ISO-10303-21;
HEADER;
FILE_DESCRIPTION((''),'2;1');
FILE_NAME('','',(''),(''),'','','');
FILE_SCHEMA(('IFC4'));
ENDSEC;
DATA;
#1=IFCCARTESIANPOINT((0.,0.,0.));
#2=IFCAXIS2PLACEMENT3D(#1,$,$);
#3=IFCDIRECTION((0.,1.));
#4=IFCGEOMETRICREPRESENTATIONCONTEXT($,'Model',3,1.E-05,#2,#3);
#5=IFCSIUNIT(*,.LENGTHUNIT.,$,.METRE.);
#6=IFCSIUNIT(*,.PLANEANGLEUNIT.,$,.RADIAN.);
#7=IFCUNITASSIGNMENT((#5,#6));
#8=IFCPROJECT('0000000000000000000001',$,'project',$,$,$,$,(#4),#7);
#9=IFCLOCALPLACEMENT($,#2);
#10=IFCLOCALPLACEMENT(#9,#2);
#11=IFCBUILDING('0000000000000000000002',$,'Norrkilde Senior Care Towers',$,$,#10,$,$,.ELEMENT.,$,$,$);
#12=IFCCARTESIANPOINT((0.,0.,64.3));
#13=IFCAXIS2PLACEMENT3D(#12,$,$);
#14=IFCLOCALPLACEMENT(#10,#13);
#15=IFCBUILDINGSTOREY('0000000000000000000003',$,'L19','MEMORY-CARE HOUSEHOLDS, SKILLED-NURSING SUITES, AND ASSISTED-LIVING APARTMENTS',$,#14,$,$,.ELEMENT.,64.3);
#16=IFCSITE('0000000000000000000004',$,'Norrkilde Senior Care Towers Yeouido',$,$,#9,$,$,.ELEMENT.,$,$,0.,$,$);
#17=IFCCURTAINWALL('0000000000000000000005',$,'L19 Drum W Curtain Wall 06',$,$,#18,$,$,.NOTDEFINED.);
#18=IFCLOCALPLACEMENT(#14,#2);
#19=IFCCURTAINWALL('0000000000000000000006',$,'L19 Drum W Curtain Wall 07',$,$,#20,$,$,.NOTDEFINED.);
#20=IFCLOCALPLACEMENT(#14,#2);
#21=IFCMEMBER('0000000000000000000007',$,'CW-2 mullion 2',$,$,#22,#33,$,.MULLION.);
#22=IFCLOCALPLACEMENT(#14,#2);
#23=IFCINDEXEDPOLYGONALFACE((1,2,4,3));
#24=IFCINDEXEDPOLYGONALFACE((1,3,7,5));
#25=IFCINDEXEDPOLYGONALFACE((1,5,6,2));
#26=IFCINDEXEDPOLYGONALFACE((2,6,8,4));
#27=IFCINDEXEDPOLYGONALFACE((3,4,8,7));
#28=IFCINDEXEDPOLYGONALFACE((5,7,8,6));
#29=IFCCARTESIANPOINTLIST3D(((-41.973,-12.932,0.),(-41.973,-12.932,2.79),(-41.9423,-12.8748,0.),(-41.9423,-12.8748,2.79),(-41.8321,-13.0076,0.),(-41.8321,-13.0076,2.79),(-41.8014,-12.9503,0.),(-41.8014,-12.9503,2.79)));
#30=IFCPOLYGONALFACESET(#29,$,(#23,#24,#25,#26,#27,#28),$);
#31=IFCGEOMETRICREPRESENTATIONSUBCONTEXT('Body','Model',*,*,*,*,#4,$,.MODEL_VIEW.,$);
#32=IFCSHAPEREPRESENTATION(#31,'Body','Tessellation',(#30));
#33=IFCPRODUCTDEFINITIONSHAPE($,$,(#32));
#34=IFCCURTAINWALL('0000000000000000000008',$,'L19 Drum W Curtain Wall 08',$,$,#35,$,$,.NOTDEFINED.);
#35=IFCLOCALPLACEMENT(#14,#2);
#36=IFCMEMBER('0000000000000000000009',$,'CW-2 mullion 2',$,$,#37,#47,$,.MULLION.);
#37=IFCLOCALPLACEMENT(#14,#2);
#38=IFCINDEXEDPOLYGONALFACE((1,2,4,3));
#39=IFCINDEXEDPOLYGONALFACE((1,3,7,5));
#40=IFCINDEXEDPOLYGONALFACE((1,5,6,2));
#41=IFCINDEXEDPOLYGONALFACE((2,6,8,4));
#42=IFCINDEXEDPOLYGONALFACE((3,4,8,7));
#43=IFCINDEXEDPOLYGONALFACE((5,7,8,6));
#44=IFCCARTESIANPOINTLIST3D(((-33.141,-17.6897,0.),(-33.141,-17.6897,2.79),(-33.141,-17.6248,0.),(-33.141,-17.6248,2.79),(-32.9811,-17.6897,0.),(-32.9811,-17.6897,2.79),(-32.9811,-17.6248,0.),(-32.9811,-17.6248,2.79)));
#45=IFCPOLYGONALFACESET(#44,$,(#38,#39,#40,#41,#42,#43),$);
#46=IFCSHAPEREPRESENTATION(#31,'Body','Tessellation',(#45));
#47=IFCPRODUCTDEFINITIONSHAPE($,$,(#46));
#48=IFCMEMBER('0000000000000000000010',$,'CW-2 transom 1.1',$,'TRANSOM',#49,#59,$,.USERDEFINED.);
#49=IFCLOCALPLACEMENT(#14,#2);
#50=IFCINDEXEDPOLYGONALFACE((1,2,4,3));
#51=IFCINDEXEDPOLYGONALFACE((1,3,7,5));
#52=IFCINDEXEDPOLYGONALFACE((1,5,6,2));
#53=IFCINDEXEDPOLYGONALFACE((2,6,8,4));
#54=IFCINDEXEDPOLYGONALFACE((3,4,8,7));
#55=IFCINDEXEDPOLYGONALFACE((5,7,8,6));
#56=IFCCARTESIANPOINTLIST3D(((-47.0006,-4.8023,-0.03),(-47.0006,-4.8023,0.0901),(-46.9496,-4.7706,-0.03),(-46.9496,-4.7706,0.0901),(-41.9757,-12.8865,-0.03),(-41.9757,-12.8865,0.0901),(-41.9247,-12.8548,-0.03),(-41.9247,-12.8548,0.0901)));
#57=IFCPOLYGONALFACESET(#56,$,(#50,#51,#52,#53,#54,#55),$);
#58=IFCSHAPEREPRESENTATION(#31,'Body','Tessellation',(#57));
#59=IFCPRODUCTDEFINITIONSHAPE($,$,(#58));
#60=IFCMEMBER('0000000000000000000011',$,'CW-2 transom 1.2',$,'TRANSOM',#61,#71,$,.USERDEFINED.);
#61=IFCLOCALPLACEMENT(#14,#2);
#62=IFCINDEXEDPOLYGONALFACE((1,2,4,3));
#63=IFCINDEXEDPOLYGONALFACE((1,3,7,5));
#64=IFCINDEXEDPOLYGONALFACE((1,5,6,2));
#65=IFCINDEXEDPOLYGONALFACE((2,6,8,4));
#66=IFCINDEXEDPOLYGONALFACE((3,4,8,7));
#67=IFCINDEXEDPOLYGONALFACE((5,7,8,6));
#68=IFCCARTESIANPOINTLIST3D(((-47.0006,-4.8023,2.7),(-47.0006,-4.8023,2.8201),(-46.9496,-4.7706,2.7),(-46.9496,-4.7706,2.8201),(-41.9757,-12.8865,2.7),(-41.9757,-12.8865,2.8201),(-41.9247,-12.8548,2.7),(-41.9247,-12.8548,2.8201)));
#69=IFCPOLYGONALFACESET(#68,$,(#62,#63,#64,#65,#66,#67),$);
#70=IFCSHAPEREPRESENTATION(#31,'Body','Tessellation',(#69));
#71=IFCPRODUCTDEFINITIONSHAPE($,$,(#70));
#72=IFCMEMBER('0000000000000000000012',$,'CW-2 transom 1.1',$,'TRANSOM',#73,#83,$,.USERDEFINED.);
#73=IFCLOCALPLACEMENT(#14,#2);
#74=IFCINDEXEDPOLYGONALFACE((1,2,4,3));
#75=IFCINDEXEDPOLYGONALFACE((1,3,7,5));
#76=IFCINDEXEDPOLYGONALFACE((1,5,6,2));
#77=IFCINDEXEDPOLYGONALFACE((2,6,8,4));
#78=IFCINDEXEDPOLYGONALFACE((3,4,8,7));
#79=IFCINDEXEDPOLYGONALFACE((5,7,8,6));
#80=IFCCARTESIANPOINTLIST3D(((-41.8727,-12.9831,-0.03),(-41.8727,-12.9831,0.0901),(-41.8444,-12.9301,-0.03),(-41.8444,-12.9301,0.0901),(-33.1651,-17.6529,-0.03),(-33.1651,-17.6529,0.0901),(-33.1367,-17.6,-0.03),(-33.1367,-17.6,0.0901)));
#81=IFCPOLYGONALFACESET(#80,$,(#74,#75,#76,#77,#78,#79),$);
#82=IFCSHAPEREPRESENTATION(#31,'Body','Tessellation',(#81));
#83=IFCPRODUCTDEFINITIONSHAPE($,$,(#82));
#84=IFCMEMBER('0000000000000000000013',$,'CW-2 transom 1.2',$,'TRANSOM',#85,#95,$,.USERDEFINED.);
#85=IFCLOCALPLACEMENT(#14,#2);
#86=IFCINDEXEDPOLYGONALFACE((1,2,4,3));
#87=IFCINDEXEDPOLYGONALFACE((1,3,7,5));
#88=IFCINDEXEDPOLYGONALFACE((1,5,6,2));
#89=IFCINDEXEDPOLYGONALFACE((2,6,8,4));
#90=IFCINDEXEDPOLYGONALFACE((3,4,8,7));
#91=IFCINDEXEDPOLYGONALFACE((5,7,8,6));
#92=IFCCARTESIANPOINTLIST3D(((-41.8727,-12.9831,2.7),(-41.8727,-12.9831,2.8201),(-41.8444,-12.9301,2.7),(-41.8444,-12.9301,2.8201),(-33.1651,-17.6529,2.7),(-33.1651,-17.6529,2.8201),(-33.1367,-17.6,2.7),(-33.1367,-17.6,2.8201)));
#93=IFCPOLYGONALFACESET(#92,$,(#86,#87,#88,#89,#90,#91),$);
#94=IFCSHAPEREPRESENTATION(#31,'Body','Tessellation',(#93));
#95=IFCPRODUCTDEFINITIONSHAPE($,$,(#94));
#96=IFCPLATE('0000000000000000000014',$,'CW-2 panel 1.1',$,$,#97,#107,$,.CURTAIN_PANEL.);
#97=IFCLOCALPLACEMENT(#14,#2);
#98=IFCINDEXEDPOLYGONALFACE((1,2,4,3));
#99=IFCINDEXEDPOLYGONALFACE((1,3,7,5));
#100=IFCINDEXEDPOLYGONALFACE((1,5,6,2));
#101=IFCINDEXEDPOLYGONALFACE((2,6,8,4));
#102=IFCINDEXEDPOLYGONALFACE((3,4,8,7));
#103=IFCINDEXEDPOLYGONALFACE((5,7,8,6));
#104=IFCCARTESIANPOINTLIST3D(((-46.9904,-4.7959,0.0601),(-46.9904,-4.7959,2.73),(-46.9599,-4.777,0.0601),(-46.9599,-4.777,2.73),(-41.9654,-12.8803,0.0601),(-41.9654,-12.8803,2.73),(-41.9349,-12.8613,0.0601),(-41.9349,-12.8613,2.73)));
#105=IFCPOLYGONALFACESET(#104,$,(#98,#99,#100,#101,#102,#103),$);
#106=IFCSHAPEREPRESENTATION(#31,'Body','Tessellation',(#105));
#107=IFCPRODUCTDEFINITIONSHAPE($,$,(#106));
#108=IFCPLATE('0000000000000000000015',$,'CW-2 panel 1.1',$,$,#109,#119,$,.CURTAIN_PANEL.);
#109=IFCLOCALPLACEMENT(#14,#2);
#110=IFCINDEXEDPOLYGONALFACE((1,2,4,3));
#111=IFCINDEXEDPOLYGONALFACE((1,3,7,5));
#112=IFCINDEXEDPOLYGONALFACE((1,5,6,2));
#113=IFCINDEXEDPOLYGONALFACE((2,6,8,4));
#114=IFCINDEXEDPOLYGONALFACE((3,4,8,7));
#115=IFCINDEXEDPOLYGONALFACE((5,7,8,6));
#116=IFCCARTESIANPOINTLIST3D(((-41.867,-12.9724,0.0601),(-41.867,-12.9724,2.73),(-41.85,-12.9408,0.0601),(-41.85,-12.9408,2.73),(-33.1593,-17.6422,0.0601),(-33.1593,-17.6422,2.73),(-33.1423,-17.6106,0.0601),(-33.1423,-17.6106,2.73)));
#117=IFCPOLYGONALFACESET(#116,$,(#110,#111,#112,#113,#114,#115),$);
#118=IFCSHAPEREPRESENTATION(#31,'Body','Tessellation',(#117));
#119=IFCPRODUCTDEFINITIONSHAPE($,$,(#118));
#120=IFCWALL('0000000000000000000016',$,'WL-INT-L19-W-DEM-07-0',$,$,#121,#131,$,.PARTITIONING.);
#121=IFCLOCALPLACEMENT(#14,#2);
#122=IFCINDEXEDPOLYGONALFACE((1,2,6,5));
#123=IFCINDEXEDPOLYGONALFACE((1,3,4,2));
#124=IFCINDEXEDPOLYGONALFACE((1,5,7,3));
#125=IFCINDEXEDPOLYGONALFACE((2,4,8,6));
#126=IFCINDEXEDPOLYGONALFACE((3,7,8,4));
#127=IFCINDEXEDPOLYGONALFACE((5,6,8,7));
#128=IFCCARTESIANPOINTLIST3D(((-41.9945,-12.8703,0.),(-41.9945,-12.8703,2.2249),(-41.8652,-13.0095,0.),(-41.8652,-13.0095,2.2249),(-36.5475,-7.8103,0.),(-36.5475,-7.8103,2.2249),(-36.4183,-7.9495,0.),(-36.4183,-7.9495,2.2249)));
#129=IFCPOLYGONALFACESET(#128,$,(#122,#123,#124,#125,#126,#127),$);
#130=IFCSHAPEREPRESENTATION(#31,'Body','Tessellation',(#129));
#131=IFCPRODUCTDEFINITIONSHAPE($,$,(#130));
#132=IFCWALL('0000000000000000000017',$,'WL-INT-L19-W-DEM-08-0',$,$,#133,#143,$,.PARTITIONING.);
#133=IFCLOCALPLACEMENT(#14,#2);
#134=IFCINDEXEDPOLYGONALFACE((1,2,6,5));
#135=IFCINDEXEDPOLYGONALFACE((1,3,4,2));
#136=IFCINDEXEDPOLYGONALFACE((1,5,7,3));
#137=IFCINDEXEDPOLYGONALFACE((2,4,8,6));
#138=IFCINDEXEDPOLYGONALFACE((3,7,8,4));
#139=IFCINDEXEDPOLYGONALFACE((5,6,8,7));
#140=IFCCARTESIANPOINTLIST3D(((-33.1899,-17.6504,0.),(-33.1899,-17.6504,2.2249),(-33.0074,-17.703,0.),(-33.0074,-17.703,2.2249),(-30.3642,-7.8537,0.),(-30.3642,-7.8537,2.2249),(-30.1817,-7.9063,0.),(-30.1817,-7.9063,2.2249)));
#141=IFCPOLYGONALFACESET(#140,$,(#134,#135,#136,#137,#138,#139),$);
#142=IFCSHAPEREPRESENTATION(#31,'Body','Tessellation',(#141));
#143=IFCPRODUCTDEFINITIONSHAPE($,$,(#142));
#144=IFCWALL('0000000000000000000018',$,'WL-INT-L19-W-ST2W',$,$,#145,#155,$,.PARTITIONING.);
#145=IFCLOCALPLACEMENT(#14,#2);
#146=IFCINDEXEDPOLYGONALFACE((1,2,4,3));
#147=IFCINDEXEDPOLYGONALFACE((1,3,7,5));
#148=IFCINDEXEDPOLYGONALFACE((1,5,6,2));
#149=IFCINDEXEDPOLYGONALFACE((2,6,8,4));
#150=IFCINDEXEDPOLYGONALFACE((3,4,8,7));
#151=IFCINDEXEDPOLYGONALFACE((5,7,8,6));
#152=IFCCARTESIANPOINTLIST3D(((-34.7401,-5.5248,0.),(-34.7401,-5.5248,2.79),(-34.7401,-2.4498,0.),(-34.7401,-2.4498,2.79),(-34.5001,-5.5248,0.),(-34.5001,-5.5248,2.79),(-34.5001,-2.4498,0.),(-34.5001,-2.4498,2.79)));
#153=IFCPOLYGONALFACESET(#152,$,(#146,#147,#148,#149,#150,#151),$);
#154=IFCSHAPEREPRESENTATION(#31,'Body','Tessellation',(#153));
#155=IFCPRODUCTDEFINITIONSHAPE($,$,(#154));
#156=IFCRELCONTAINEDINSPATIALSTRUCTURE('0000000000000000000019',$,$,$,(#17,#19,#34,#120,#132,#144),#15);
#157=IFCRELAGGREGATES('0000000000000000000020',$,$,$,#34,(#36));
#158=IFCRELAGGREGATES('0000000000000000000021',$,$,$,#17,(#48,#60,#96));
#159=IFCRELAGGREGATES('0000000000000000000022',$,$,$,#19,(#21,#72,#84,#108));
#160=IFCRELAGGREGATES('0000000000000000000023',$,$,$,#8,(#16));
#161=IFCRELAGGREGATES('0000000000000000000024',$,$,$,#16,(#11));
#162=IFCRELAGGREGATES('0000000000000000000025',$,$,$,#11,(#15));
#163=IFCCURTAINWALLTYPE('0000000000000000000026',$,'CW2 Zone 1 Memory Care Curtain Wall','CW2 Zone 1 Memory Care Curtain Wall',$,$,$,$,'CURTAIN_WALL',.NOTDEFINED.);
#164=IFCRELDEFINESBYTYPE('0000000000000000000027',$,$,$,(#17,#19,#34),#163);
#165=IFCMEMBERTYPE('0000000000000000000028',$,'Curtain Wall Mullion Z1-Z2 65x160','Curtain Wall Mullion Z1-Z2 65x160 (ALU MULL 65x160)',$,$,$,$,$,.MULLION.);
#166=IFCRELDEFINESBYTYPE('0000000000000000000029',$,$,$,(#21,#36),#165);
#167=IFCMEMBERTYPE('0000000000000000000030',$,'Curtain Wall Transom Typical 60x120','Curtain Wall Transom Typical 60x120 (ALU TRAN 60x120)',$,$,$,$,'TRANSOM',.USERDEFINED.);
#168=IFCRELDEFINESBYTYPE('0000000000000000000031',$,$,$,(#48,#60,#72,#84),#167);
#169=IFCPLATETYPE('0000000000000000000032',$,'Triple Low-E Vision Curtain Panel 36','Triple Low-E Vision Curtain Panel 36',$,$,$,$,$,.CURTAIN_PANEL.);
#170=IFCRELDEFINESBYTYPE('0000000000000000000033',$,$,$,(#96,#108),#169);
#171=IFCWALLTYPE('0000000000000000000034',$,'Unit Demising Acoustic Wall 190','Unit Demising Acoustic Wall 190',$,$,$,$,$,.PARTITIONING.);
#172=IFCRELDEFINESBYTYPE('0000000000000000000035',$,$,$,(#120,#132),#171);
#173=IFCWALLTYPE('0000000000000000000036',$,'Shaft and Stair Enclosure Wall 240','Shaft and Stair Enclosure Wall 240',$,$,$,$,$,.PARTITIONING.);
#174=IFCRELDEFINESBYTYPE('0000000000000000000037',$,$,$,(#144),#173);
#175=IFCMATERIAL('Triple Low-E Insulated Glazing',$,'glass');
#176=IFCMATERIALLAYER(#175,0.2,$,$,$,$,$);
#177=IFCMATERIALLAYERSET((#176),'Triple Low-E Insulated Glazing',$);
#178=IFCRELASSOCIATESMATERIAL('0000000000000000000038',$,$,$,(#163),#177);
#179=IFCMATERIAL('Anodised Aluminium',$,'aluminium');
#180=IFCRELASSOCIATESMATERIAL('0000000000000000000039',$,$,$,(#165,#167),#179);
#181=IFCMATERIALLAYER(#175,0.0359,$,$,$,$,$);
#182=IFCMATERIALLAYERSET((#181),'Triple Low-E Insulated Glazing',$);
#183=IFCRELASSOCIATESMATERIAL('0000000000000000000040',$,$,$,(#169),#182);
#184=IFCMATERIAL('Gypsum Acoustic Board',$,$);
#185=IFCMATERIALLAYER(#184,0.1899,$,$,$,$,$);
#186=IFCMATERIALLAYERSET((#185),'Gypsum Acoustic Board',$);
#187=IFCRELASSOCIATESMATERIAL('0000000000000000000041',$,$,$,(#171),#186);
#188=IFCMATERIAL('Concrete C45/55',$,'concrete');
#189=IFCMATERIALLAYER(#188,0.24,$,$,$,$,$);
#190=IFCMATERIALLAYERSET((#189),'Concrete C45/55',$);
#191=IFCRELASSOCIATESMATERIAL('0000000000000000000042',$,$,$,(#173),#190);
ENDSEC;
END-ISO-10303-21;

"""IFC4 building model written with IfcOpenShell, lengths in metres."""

from ifc_helpers import new_model, si_unit, direction, frame, frame_2d, origin, origin_2d, place, context, subcontext, project, spatial, rectangle, extrude, source, transform, mapped, material, layer, layer_set, material_profile, profile_set, type_object, type_shapes, element, aggregate, save


model = new_model("IFC4")

# Units and contexts
model_context = context("Model", 3, precision=1e-05, world=origin(), true_north=direction((0.0, 1.0)))
body_context = subcontext(model_context, "Body", "Model", "MODEL_VIEW")
ifc_project = project(units=[si_unit("LENGTHUNIT", "METRE"), si_unit("PLANEANGLEUNIT", "RADIAN")], contexts=[model_context])

# Site, building, storey
site_placement = place(None, origin())
site = spatial("IfcSite", under=ifc_project, at=site_placement, Name="Norrkilde Senior Care Towers Yeouido", CompositionType="ELEMENT", RefElevation=0.0)
building_placement = place(site_placement, origin())
building = spatial("IfcBuilding", under=site, at=building_placement, Name="Norrkilde Senior Care Towers", CompositionType="ELEMENT")
storey_placement = place(building_placement, frame((0.0, 0.0, 64.3)))
storey = spatial("IfcBuildingStorey", under=building, at=storey_placement, Name="L19", Description="MEMORY-CARE HOUSEHOLDS, SKILLED-NURSING SUITES, AND ASSISTED-LIVING APARTMENTS", CompositionType="ELEMENT", Elevation=64.3)

# Curtain wall
ifc_material_1 = material(Name="Triple Low-E Insulated Glazing", Category="glass")
ifc_layer_1 = layer(ifc_material_1, 0.2)
ifc_layer_set_1 = layer_set([ifc_layer_1], Name="Triple Low-E Insulated Glazing")
curtain_wall_type = type_object("IfcCurtainWallType", Name="CW2 Zone 1 Memory Care Curtain Wall", Description="CW2 Zone 1 Memory Care Curtain Wall", ElementType="CURTAIN_WALL", PredefinedType="NOTDEFINED", material=ifc_layer_set_1)
curtain_wall_1_placement = place(storey_placement, origin())
curtain_wall_1 = element("IfcCurtainWall", 1, at=curtain_wall_1_placement, inside=storey, type_object=curtain_wall_type, Name="L19 Drum W Curtain Wall 06", PredefinedType="NOTDEFINED")
ifc_material_2 = material(Name="Anodised Aluminium", Category="aluminium")
ifc_material_profile_1 = material_profile(ifc_material_2, rectangle(XDim=0.0649, YDim=0.1599, at=origin_2d()), Name="ALU MULL 65x160")
ifc_profile_set_1 = profile_set([ifc_material_profile_1], Name="Anodised Aluminium")
member_type_1 = type_object("IfcMemberType", Name="Curtain Wall Mullion Z1-Z2 65x160", Description="Curtain Wall Mullion Z1-Z2 65x160 (ALU MULL 65x160)", PredefinedType="MULLION", material=ifc_profile_set_1)
shared_shape_1 = source(origin(), body_context, "Body", "SweptSolid", [
    extrude(rectangle(XDim=0.0649, YDim=0.1599, at=origin_2d()), origin(), (0.0, 0.0, 1.0), 2.79),
])
type_shapes(member_type_1, [shared_shape_1])

# Curtain wall, member
curtain_wall_2_placement = place(storey_placement, origin())
curtain_wall_2 = element("IfcCurtainWall", 2, at=curtain_wall_2_placement, inside=storey, type_object=curtain_wall_type, Name="L19 Drum W Curtain Wall 07", PredefinedType="NOTDEFINED")
member_1_placement = place(storey_placement, frame((-41.8872, -12.9412, 0.0), z_axis=(0.0, 0.0, 1.0), x_axis=(-0.472608, -0.881273, 0.0)))
member_1 = element("IfcMember", 3, at=member_1_placement, type_object=member_type_1, Name="CW-2 mullion 2", PredefinedType="MULLION", context=body_context, shape_type="MappedRepresentation", body=[
    mapped(shared_shape_1, transform((0.0, 0.0, 0.0), x_axis=(1.0, 0.0, 0.0), y_axis=(0.0, 1.0, 0.0), z_axis=(0.0, 0.0, 1.0), scale=1.0)),
])

# Curtain wall, member
curtain_wall_3_placement = place(storey_placement, origin())
curtain_wall_3 = element("IfcCurtainWall", 4, at=curtain_wall_3_placement, inside=storey, type_object=curtain_wall_type, Name="L19 Drum W Curtain Wall 08", PredefinedType="NOTDEFINED")
member_2_placement = place(storey_placement, frame((-33.061, -17.6572, 0.0), z_axis=(0.0, 0.0, 1.0), x_axis=(0.0, -1.0, 0.0)))
member_2 = element("IfcMember", 5, at=member_2_placement, type_object=member_type_1, Name="CW-2 mullion 2", PredefinedType="MULLION", context=body_context, shape_type="MappedRepresentation", body=[
    mapped(shared_shape_1, transform((0.0, 0.0, 0.0), x_axis=(1.0, 0.0, 0.0), y_axis=(0.0, 1.0, 0.0), z_axis=(0.0, 0.0, 1.0), scale=1.0)),
])
aggregate(curtain_wall_3, [member_2])

# Members
ifc_material_profile_2 = material_profile(ifc_material_2, rectangle(XDim=0.0601, YDim=0.1201, at=origin_2d()), Name="ALU TRAN 60x120")
ifc_profile_set_2 = profile_set([ifc_material_profile_2], Name="Anodised Aluminium")
member_type_2 = type_object("IfcMemberType", Name="Curtain Wall Transom Typical 60x120", Description="Curtain Wall Transom Typical 60x120 (ALU TRAN 60x120)", ElementType="TRANSOM", PredefinedType="USERDEFINED", material=ifc_profile_set_2)
shared_shape_2 = source(origin(), body_context, "Body", "SweptSolid", [
    extrude(rectangle(XDim=0.0601, YDim=0.1201, at=origin_2d()), origin(), (0.0, 0.0, 1.0), 9.5186),
])
member_3_placement = place(storey_placement, frame((-41.9502, -12.8706, 0.03), z_axis=(-0.527902, 0.849306, 0.0), x_axis=(-0.849306, -0.527902, 0.0)))
member_3 = element("IfcMember", 6, at=member_3_placement, type_object=member_type_2, Name="CW-2 transom 1.1", ObjectType="TRANSOM", PredefinedType="USERDEFINED", context=body_context, shape_type="MappedRepresentation", body=[
    mapped(shared_shape_2, transform((0.0, 0.0, 0.0), x_axis=(1.0, 0.0, 0.0), y_axis=(0.0, 1.0, 0.0), z_axis=(0.0, 0.0, 1.0), scale=1.0)),
])
member_4_placement = place(storey_placement, frame((-41.9502, -12.8706, 2.76), z_axis=(-0.527902, 0.849306, 0.0), x_axis=(-0.849306, -0.527902, 0.0)))
member_4 = element("IfcMember", 7, at=member_4_placement, type_object=member_type_2, Name="CW-2 transom 1.2", ObjectType="TRANSOM", PredefinedType="USERDEFINED", context=body_context, shape_type="MappedRepresentation", body=[
    mapped(shared_shape_2, transform((0.0, 0.0, 0.0), x_axis=(1.0, 0.0, 0.0), y_axis=(0.0, 1.0, 0.0), z_axis=(0.0, 0.0, 1.0), scale=1.0)),
])
shared_shape_3 = source(origin(), body_context, "Body", "SweptSolid", [
    extrude(rectangle(XDim=0.0601, YDim=0.1201, at=origin_2d()), origin(), (0.0, 0.0, 1.0), 9.8809),
])
type_shapes(member_type_2, [shared_shape_2, shared_shape_3])
member_5_placement = place(storey_placement, frame((-33.1509, -17.6265, 0.03), z_axis=(-0.881267, 0.472618, 0.0), x_axis=(-0.472618, -0.881267, 0.0)))
member_5 = element("IfcMember", 8, at=member_5_placement, type_object=member_type_2, Name="CW-2 transom 1.1", ObjectType="TRANSOM", PredefinedType="USERDEFINED", context=body_context, shape_type="MappedRepresentation", body=[
    mapped(shared_shape_3, transform((0.0, 0.0, 0.0), x_axis=(1.0, 0.0, 0.0), y_axis=(0.0, 1.0, 0.0), z_axis=(0.0, 0.0, 1.0), scale=1.0)),
])
member_6_placement = place(storey_placement, frame((-33.1509, -17.6265, 2.76), z_axis=(-0.881267, 0.472618, 0.0), x_axis=(-0.472618, -0.881267, 0.0)))
member_6 = element("IfcMember", 9, at=member_6_placement, type_object=member_type_2, Name="CW-2 transom 1.2", ObjectType="TRANSOM", PredefinedType="USERDEFINED", context=body_context, shape_type="MappedRepresentation", body=[
    mapped(shared_shape_3, transform((0.0, 0.0, 0.0), x_axis=(1.0, 0.0, 0.0), y_axis=(0.0, 1.0, 0.0), z_axis=(0.0, 0.0, 1.0), scale=1.0)),
])

# Plates
ifc_layer_2 = layer(ifc_material_1, 0.0359)
ifc_layer_set_2 = layer_set([ifc_layer_2], Name="Triple Low-E Insulated Glazing")
plate_type = type_object("IfcPlateType", Name="Triple Low-E Vision Curtain Panel 36", Description="Triple Low-E Vision Curtain Panel 36", PredefinedType="CURTAIN_PANEL", material=ifc_layer_set_2)
shared_shape_4 = source(origin(), body_context, "Body", "SweptSolid", [
    extrude(rectangle(XDim=9.5188, YDim=0.0359, at=origin_2d()), origin(), (0.0, 0.0, 1.0), 2.6699),
])
plate_1_placement = place(storey_placement, frame((-44.4626, -8.8286, 0.0601), z_axis=(0.0, 0.0, 1.0), x_axis=(-0.527901, 0.849306, 0.0)))
plate_1 = element("IfcPlate", 10, at=plate_1_placement, type_object=plate_type, Name="CW-2 panel 1.1", PredefinedType="CURTAIN_PANEL", context=body_context, shape_type="MappedRepresentation", body=[
    mapped(shared_shape_4, transform((0.0, 0.0, 0.0), x_axis=(1.0, 0.0, 0.0), y_axis=(0.0, 1.0, 0.0), z_axis=(0.0, 0.0, 1.0), scale=1.0)),
])
aggregate(curtain_wall_1, [member_3, member_4, plate_1])
shared_shape_5 = source(origin(), body_context, "Body", "SweptSolid", [
    extrude(rectangle(XDim=9.8809, YDim=0.0359, at=origin_2d()), origin(), (0.0, 0.0, 1.0), 2.6699),
])
type_shapes(plate_type, [shared_shape_4, shared_shape_5])
plate_2_placement = place(storey_placement, frame((-37.5046, -15.2915, 0.0601), z_axis=(0.0, 0.0, 1.0), x_axis=(-0.881273, 0.472608, 0.0)))
plate_2 = element("IfcPlate", 11, at=plate_2_placement, type_object=plate_type, Name="CW-2 panel 1.1", PredefinedType="CURTAIN_PANEL", context=body_context, shape_type="MappedRepresentation", body=[
    mapped(shared_shape_5, transform((0.0, 0.0, 0.0), x_axis=(1.0, 0.0, 0.0), y_axis=(0.0, 1.0, 0.0), z_axis=(0.0, 0.0, 1.0), scale=1.0)),
])
aggregate(curtain_wall_2, [member_1, member_5, member_6, plate_2])

# Shared definitions
ifc_material_3 = material(Name="Gypsum Acoustic Board")

# Walls
ifc_layer_3 = layer(ifc_material_3, 0.1899)
ifc_layer_set_3 = layer_set([ifc_layer_3], Name="Gypsum Acoustic Board")
wall_type_1 = type_object("IfcWallType", Name="Unit Demising Acoustic Wall 190", Description="Unit Demising Acoustic Wall 190", PredefinedType="PARTITIONING", material=ifc_layer_set_3)
shared_shape_6 = source(origin(), body_context, "Body", "SweptSolid", [
    extrude(rectangle(XDim=7.4346, YDim=0.1899, at=frame_2d((3.7173, 0.0))), origin(), (0.0, 0.0, 1.0), 2.2249),
])
wall_1_placement = place(storey_placement, frame((-36.4829, -7.8799, 0.0), z_axis=(0.0, 0.0, 1.0), x_axis=(-0.732652, -0.680603, 0.0)))
element("IfcWall", 12, at=wall_1_placement, inside=storey, type_object=wall_type_1, Name="WL-INT-L19-W-DEM-07-0", PredefinedType="PARTITIONING", context=body_context, shape_type="MappedRepresentation", body=[
    mapped(shared_shape_6, transform((0.0, 0.0, 0.0), x_axis=(1.0, 0.0, 0.0), y_axis=(0.0, 1.0, 0.0), z_axis=(0.0, 0.0, 1.0), scale=1.0)),
])
shared_shape_7 = source(origin(), body_context, "Body", "SweptSolid", [
    extrude(rectangle(XDim=10.196, YDim=0.1899, at=frame_2d((5.0981, 0.0))), origin(), (0.0, 0.0, 1.0), 2.2249),
])
type_shapes(wall_type_1, [shared_shape_6, shared_shape_7])
wall_2_placement = place(storey_placement, frame((-30.2729, -7.8799, 0.0), z_axis=(0.0, 0.0, 1.0), x_axis=(-0.277136, -0.960831, 0.0)))
element("IfcWall", 13, at=wall_2_placement, inside=storey, type_object=wall_type_1, Name="WL-INT-L19-W-DEM-08-0", PredefinedType="PARTITIONING", context=body_context, shape_type="MappedRepresentation", body=[
    mapped(shared_shape_7, transform((0.0, 0.0, 0.0), x_axis=(1.0, 0.0, 0.0), y_axis=(0.0, 1.0, 0.0), z_axis=(0.0, 0.0, 1.0), scale=1.0)),
])
ifc_material_4 = material(Name="Concrete C45/55", Category="concrete")
ifc_layer_4 = layer(ifc_material_4, 0.24)
ifc_layer_set_4 = layer_set([ifc_layer_4], Name="Concrete C45/55")
wall_type_2 = type_object("IfcWallType", Name="Shaft and Stair Enclosure Wall 240", Description="Shaft and Stair Enclosure Wall 240", PredefinedType="PARTITIONING", material=ifc_layer_set_4)
shared_shape_8 = source(origin(), body_context, "Body", "SweptSolid", [
    extrude(rectangle(XDim=3.075, YDim=0.24, at=frame_2d((1.5376, 0.0))), origin(), (0.0, 0.0, 1.0), 2.79),
])
type_shapes(wall_type_2, [shared_shape_8])
wall_3_placement = place(storey_placement, frame((-34.6201, -5.5249, 0.0), z_axis=(0.0, 0.0, 1.0), x_axis=(0.0, 1.0, 0.0)))
element("IfcWall", 14, at=wall_3_placement, inside=storey, type_object=wall_type_2, Name="WL-INT-L19-W-ST2W", PredefinedType="PARTITIONING", context=body_context, shape_type="MappedRepresentation", body=[
    mapped(shared_shape_8, transform((0.0, 0.0, 0.0), x_axis=(1.0, 0.0, 0.0), y_axis=(0.0, 1.0, 0.0), z_axis=(0.0, 0.0, 1.0), scale=1.0)),
])

save(model, "model.ifc")
